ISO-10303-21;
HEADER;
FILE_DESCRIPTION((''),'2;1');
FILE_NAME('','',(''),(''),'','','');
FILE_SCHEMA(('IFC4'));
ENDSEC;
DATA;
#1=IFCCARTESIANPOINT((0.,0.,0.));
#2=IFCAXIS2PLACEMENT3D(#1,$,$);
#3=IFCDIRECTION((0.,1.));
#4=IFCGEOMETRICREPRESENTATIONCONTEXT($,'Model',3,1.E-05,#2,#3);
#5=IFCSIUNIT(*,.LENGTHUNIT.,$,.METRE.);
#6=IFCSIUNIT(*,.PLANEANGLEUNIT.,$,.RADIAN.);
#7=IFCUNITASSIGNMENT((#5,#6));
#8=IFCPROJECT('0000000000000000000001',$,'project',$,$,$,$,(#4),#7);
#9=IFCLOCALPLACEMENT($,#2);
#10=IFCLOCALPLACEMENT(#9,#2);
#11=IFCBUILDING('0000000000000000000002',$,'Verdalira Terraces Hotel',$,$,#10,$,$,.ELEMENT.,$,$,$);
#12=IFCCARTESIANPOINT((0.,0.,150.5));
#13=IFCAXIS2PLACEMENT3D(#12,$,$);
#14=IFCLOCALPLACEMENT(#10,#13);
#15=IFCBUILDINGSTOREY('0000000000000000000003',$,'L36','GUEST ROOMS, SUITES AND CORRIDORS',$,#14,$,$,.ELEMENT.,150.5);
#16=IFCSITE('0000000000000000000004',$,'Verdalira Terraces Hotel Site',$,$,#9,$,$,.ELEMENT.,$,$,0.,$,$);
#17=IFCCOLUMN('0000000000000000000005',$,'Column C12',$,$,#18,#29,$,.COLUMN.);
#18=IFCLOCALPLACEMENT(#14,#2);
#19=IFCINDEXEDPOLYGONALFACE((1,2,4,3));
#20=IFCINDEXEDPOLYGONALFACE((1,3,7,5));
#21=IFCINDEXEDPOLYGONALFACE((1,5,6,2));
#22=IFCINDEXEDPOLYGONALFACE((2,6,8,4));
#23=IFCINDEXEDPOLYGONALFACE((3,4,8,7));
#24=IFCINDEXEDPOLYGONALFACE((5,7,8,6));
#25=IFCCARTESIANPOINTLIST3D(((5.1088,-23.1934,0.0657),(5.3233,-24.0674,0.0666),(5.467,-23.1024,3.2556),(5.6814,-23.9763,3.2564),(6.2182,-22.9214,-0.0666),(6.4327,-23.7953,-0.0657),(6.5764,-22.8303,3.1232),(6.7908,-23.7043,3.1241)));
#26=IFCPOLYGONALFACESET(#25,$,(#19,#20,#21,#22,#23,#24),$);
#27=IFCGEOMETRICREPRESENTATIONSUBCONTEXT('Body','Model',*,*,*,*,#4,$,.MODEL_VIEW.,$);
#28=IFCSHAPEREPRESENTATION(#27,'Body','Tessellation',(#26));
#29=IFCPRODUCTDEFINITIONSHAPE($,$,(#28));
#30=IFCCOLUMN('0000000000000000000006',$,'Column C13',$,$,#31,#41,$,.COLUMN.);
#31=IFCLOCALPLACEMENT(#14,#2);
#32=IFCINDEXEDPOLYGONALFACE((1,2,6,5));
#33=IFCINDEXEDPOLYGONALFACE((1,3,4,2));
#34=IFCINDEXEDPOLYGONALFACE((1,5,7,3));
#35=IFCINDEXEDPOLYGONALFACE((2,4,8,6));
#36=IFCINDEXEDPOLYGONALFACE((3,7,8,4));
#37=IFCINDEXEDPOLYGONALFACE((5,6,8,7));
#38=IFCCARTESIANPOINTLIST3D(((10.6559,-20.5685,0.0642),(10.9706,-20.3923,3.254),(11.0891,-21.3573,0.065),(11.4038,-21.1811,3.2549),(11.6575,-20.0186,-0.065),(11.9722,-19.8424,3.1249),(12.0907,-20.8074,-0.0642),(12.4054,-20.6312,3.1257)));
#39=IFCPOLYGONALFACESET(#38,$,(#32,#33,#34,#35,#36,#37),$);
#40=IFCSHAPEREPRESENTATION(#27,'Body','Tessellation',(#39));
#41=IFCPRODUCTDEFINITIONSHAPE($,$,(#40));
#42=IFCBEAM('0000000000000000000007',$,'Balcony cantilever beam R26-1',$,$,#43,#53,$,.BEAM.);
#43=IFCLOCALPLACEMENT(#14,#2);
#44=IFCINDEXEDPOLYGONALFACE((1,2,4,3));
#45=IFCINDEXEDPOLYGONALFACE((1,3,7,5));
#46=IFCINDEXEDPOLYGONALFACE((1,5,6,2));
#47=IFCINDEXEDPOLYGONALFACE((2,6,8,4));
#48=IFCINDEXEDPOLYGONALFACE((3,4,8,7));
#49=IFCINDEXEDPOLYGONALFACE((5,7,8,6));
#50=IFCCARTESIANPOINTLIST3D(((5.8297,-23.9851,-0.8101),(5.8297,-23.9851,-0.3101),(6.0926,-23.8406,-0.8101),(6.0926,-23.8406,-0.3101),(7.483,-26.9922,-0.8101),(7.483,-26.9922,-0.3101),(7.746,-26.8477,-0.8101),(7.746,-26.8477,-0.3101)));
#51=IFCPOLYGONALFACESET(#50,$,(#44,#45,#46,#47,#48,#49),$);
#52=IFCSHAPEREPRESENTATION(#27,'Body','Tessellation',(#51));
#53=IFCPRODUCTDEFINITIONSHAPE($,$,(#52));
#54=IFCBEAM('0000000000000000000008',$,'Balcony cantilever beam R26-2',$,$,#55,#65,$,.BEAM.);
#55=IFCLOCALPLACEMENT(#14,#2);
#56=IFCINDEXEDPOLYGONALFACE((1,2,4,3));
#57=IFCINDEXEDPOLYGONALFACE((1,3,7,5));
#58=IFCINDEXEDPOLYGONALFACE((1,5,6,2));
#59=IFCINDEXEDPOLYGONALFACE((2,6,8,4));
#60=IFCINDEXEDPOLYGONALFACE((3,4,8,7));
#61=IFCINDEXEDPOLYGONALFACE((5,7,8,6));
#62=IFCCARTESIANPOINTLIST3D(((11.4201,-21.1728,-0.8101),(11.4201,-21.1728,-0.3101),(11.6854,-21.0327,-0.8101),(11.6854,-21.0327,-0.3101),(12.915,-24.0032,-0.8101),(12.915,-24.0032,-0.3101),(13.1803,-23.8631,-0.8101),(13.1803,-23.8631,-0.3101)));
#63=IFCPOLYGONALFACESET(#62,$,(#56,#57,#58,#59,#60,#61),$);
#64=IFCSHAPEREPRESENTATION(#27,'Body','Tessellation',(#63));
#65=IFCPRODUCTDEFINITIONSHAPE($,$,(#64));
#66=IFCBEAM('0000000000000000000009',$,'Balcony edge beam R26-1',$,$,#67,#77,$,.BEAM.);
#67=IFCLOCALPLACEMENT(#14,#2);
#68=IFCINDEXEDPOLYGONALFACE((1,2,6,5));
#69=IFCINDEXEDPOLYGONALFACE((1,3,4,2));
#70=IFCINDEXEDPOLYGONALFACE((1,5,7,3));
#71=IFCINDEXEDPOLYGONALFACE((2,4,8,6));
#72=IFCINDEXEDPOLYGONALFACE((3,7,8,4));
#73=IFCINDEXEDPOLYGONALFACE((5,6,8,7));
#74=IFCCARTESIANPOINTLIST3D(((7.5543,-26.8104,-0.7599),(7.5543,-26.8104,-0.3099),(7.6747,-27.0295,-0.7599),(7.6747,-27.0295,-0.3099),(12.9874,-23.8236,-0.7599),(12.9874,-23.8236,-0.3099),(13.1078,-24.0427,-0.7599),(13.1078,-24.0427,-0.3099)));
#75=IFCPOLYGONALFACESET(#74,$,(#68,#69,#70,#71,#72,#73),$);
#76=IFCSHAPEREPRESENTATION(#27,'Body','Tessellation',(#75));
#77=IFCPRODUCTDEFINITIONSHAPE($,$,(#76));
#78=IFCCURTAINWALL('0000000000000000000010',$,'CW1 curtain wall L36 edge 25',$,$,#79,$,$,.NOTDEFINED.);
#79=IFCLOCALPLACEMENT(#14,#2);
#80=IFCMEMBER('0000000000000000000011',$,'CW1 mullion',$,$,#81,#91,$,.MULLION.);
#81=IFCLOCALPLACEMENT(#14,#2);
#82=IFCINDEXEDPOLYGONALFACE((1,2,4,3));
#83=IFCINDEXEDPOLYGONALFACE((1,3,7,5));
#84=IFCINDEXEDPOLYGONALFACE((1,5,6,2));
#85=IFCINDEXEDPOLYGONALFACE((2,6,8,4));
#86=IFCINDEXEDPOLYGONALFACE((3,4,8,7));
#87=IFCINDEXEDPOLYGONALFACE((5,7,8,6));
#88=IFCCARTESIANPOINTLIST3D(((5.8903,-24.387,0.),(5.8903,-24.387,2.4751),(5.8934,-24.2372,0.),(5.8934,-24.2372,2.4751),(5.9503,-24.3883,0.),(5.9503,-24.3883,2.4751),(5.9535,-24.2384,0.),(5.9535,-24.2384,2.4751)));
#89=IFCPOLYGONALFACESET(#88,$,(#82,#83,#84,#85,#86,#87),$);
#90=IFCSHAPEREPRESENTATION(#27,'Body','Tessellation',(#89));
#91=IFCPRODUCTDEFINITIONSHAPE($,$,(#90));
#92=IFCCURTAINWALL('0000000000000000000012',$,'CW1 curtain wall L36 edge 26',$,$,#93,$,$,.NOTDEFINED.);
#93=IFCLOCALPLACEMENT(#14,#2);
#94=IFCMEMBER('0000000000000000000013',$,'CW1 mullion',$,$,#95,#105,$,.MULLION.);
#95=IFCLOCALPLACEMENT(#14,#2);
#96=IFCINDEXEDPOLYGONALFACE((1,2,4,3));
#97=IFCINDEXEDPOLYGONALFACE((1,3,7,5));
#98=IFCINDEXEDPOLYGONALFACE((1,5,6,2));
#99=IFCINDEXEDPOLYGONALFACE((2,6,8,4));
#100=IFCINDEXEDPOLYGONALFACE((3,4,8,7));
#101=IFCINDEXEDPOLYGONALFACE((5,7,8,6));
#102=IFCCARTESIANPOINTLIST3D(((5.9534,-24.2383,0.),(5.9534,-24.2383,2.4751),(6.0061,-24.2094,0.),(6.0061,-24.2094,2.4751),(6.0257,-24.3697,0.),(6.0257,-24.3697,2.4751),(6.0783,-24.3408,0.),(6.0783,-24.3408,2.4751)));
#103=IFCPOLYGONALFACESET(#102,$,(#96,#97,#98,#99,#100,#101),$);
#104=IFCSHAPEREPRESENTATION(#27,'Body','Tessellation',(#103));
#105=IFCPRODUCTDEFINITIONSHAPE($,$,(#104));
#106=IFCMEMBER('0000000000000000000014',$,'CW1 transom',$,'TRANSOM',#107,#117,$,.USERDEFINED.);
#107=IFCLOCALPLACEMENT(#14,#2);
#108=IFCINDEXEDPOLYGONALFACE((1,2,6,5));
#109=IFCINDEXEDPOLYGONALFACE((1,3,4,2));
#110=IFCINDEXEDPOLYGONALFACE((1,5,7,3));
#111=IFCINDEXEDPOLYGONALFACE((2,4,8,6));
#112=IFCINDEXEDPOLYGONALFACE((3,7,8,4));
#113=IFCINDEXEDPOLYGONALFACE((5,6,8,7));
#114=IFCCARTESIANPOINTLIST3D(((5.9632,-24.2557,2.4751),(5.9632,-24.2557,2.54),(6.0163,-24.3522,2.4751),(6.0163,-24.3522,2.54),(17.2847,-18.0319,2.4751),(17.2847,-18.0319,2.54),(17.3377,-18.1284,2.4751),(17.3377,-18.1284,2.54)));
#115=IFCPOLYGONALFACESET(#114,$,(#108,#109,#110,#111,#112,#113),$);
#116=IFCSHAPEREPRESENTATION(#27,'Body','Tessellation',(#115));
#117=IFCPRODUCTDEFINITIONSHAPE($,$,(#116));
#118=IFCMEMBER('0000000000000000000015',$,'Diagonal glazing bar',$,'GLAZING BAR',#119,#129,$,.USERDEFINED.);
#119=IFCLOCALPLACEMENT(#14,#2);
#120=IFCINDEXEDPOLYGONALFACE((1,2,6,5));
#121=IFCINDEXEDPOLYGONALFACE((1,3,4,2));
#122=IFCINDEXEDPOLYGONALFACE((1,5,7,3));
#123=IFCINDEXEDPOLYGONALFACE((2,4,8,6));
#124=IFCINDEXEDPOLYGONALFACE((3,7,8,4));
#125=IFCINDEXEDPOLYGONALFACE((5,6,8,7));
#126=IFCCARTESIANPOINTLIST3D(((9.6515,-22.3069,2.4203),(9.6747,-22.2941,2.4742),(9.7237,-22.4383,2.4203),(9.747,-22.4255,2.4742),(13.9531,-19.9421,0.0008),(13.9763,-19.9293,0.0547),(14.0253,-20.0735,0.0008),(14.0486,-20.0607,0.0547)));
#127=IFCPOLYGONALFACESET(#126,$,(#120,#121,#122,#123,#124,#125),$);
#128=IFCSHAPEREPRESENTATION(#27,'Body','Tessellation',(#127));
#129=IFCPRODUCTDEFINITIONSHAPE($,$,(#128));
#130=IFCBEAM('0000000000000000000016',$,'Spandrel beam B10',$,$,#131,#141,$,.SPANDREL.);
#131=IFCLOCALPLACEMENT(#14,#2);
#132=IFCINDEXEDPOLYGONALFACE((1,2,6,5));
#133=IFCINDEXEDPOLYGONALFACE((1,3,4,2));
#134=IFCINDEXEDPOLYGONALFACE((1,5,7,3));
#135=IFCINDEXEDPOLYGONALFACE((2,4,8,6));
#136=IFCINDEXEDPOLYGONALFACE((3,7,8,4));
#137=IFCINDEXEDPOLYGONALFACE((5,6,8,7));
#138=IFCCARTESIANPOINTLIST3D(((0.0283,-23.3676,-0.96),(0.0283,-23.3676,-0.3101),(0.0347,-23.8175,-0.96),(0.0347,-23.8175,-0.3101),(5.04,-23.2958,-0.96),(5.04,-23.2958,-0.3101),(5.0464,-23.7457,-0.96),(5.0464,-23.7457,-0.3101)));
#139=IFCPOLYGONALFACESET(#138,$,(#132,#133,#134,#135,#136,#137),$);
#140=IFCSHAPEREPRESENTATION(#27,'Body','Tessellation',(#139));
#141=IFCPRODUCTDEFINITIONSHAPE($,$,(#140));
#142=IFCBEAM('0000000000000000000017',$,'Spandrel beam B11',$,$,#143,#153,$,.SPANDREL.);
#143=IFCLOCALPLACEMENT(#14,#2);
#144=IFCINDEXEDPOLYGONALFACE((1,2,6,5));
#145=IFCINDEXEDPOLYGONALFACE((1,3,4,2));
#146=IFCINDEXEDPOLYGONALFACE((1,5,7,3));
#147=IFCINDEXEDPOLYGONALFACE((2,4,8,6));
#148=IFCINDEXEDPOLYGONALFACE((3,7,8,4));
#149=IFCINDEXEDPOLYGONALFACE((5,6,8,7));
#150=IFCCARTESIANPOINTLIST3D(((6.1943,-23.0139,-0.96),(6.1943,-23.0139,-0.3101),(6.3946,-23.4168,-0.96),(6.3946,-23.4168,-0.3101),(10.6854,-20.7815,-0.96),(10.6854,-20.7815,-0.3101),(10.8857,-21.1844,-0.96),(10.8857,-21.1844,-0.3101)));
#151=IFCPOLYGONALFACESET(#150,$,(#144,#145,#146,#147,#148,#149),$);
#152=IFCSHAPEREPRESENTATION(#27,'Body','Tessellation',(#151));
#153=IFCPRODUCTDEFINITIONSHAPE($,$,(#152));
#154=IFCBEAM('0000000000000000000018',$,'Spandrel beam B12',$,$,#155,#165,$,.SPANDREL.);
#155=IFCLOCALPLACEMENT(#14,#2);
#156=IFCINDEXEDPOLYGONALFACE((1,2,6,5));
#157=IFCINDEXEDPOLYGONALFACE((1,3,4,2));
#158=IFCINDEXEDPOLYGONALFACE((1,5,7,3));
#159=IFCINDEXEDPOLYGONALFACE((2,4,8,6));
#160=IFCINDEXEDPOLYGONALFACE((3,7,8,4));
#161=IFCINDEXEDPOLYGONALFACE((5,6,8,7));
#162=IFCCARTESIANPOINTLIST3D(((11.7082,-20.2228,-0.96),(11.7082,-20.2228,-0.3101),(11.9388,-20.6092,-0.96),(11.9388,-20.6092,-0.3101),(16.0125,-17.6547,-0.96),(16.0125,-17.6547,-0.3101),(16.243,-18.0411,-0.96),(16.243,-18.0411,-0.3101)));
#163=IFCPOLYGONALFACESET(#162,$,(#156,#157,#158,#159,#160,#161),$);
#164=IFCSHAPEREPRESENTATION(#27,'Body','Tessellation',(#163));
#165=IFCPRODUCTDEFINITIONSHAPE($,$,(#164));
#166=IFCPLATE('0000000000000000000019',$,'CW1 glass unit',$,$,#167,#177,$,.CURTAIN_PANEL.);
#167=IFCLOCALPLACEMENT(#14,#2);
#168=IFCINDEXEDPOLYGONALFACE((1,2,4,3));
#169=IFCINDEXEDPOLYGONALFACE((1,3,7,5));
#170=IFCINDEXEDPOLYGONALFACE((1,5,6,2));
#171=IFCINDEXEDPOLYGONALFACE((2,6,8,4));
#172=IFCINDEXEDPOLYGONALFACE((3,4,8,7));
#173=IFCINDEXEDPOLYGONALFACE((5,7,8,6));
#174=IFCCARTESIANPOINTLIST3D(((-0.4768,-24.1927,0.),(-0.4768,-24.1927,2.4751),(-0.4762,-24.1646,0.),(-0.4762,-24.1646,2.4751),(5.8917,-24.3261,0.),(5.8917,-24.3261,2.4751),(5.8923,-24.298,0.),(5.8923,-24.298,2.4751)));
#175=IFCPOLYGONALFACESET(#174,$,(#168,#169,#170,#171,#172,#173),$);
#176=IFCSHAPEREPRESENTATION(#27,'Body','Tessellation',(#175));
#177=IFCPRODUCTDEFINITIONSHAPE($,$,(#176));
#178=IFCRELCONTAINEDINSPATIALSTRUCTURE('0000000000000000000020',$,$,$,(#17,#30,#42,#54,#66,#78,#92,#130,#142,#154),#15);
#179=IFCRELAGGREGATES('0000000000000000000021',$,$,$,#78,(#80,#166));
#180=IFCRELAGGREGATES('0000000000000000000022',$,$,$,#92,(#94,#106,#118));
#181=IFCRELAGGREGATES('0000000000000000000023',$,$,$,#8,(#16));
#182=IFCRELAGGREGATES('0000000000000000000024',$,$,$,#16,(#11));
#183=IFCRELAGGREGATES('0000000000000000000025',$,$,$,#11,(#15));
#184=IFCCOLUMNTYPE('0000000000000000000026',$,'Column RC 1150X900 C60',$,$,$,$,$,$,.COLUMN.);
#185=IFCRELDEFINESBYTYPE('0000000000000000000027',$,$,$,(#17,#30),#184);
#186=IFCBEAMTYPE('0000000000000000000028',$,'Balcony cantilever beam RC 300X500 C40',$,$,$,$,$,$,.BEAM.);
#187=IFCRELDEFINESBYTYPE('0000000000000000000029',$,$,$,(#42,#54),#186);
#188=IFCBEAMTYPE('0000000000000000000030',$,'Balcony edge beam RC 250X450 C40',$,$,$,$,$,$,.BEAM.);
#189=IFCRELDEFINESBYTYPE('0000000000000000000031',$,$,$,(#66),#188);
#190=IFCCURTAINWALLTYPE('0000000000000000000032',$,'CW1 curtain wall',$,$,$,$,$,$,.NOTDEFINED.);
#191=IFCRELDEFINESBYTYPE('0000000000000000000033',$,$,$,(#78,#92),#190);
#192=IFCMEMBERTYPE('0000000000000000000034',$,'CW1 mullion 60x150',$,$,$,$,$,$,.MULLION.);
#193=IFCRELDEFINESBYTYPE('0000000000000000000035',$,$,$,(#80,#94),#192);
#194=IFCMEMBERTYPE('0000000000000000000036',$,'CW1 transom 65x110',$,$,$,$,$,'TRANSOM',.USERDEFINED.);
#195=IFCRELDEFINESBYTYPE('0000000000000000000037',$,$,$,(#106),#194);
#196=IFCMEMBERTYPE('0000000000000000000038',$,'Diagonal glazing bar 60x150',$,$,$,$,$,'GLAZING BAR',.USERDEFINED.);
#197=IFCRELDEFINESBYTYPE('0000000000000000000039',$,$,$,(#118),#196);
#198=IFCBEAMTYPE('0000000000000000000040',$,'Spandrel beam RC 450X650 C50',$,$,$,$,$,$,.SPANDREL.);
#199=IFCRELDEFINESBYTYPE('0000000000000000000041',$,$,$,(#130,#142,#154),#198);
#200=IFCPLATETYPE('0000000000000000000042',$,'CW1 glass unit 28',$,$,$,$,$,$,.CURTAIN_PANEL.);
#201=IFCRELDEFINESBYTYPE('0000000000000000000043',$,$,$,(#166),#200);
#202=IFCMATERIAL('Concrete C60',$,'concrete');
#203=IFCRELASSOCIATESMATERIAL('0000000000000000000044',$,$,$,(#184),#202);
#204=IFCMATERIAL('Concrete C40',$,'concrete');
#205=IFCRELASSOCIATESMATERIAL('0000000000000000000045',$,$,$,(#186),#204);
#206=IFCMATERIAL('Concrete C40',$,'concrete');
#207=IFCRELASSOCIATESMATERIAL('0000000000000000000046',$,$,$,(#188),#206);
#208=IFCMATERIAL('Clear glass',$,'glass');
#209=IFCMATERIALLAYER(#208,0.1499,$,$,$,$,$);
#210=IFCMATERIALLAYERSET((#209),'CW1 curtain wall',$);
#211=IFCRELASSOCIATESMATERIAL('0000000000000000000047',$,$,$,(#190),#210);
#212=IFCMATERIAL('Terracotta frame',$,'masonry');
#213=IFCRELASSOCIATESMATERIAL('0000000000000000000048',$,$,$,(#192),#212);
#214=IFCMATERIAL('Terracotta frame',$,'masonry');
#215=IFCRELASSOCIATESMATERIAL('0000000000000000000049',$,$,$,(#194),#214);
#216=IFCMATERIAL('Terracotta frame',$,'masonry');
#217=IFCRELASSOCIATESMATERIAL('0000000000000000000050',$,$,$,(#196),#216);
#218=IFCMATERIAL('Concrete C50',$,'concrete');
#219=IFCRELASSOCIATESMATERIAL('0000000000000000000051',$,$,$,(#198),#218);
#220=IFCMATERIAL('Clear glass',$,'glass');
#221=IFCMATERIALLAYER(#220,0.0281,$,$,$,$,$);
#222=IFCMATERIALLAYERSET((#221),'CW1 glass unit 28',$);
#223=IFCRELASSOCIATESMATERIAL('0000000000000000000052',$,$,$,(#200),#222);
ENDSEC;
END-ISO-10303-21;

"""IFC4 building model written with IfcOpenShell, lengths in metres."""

from ifc_helpers import new_model, si_unit, direction, frame, origin, origin_2d, place, context, subcontext, project, spatial, rectangle, extrude, material, layer, layer_set, material_profile, profile_set, type_object, element, aggregate, save


model = new_model("IFC4")

# Units and contexts
model_context = context("Model", 3, precision=1e-05, world=origin(), true_north=direction((0.0, 1.0)))
body_context = subcontext(model_context, "Body", "Model", "MODEL_VIEW")
ifc_project = project(units=[si_unit("LENGTHUNIT", "METRE"), si_unit("PLANEANGLEUNIT", "RADIAN")], contexts=[model_context])

# Site, building, storey
site_placement = place(None, origin())
site = spatial("IfcSite", under=ifc_project, at=site_placement, Name="Verdalira Terraces Hotel Site", CompositionType="ELEMENT", RefElevation=0.0)
building_placement = place(site_placement, origin())
building = spatial("IfcBuilding", under=site, at=building_placement, Name="Verdalira Terraces Hotel", CompositionType="ELEMENT")
storey_placement = place(building_placement, frame((0.0, 0.0, 150.5)))
storey = spatial("IfcBuildingStorey", under=building, at=storey_placement, Name="L36", Description="GUEST ROOMS, SUITES AND CORRIDORS", CompositionType="ELEMENT", Elevation=150.5)

# Columns
ifc_material_1 = material(Name="Concrete C60", Category="concrete")
ifc_material_profile_1 = material_profile(ifc_material_1, rectangle(XDim=1.1499, YDim=0.8999, at=origin_2d()), Name="RC 1150X900")
ifc_profile_set_1 = profile_set([ifc_material_profile_1], Name="Concrete C60")
column_type = type_object("IfcColumnType", Name="Column RC 1150X900 C60", PredefinedType="COLUMN", material=ifc_profile_set_1)
column_1_placement = place(storey_placement, frame((5.7708, -23.4944, 0.0), z_axis=(0.11153, 0.028358, 0.993356), x_axis=(-0.964768, -0.236601, 0.115075)))
element("IfcColumn", 1, at=column_1_placement, inside=storey, type_object=column_type, Name="Column C12", PredefinedType="COLUMN", context=body_context, shape_type="SweptSolid", body=[
    extrude(rectangle(XDim=1.1499, YDim=0.8999, at=origin_2d()), origin(), (0.0, 0.0, 1.0), 3.2112),
])
column_2_placement = place(storey_placement, frame((11.3733, -20.688, 0.0), z_axis=(0.098028, 0.054908, 0.993668), x_axis=(0.871025, 0.478218, -0.112355)))
element("IfcColumn", 2, at=column_2_placement, inside=storey, type_object=column_type, Name="Column C13", PredefinedType="COLUMN", context=body_context, shape_type="SweptSolid", body=[
    extrude(rectangle(XDim=1.1499, YDim=0.8999, at=origin_2d()), origin(), (0.0, 0.0, 1.0), 3.2102),
])

# Beams
ifc_material_2 = material(Name="Concrete C40", Category="concrete")
ifc_material_profile_2 = material_profile(ifc_material_2, rectangle(XDim=0.3, YDim=0.5, at=origin_2d()), Name="RC 300X500")
ifc_profile_set_2 = profile_set([ifc_material_profile_2], Name="Concrete C40")
beam_type_1 = type_object("IfcBeamType", Name="Balcony cantilever beam RC 300X500 C40", PredefinedType="BEAM", material=ifc_profile_set_2)
beam_1_placement = place(storey_placement, frame((5.9612, -23.9128, -0.5601), z_axis=(0.48179, -0.876286, 0.0), x_axis=(0.876286, 0.48179, 0.0)))
element("IfcBeam", 3, at=beam_1_placement, inside=storey, type_object=beam_type_1, Name="Balcony cantilever beam R26-1", PredefinedType="BEAM", context=body_context, shape_type="SweptSolid", body=[
    extrude(rectangle(XDim=0.3, YDim=0.5, at=origin_2d()), origin(), (0.0, 0.0, 1.0), 3.4316),
])
beam_2_placement = place(storey_placement, frame((11.5527, -21.1028, -0.5601), z_axis=(0.467025, -0.884244, 0.0), x_axis=(0.884244, 0.467025, 0.0)))
element("IfcBeam", 4, at=beam_2_placement, inside=storey, type_object=beam_type_1, Name="Balcony cantilever beam R26-2", PredefinedType="BEAM", context=body_context, shape_type="SweptSolid", body=[
    extrude(rectangle(XDim=0.3, YDim=0.5, at=origin_2d()), origin(), (0.0, 0.0, 1.0), 3.2009),
])
ifc_material_3 = material(Name="Concrete C40", Category="concrete")
ifc_material_profile_3 = material_profile(ifc_material_3, rectangle(XDim=0.25, YDim=0.45, at=origin_2d()), Name="RC 250X450")
ifc_profile_set_3 = profile_set([ifc_material_profile_3], Name="Concrete C40")
beam_type_2 = type_object("IfcBeamType", Name="Balcony edge beam RC 250X450 C40", PredefinedType="BEAM", material=ifc_profile_set_3)
beam_3_placement = place(storey_placement, frame((7.6145, -26.9199, -0.5349), z_axis=(0.876311, 0.481746, 0.0), x_axis=(-0.481746, 0.876311, 0.0)))
element("IfcBeam", 5, at=beam_3_placement, inside=storey, type_object=beam_type_2, Name="Balcony edge beam R26-1", PredefinedType="BEAM", context=body_context, shape_type="SweptSolid", body=[
    extrude(rectangle(XDim=0.25, YDim=0.45, at=origin_2d()), origin(), (0.0, 0.0, 1.0), 6.2),
])

# Curtain wall, member
ifc_material_4 = material(Name="Clear glass", Category="glass")
ifc_layer_1 = layer(ifc_material_4, 0.1499)
ifc_layer_set_1 = layer_set([ifc_layer_1], Name="CW1 curtain wall")
curtain_wall_type = type_object("IfcCurtainWallType", Name="CW1 curtain wall", PredefinedType="NOTDEFINED", material=ifc_layer_set_1)
curtain_wall_1_placement = place(storey_placement, origin())
curtain_wall_1 = element("IfcCurtainWall", 6, at=curtain_wall_1_placement, inside=storey, type_object=curtain_wall_type, Name="CW1 curtain wall L36 edge 25", PredefinedType="NOTDEFINED")
ifc_material_5 = material(Name="Terracotta frame", Category="masonry")
ifc_material_profile_4 = material_profile(ifc_material_5, rectangle(XDim=0.0601, YDim=0.1499, at=origin_2d()), Name="MU 60x150")
ifc_profile_set_4 = profile_set([ifc_material_profile_4], Name="Terracotta frame")
member_type_1 = type_object("IfcMemberType", Name="CW1 mullion 60x150", PredefinedType="MULLION", material=ifc_profile_set_4)
member_1_placement = place(storey_placement, frame((5.9219, -24.3127, 0.0), z_axis=(0.0, 0.0, 1.0), x_axis=(0.999781, -0.020942, 0.0)))
member_1 = element("IfcMember", 7, at=member_1_placement, type_object=member_type_1, Name="CW1 mullion", PredefinedType="MULLION", context=body_context, shape_type="SweptSolid", body=[
    extrude(rectangle(XDim=0.0601, YDim=0.1499, at=origin_2d()), origin(), (0.0, 0.0, 1.0), 2.4751),
])

# Curtain wall, members
curtain_wall_2_placement = place(storey_placement, origin())
curtain_wall_2 = element("IfcCurtainWall", 8, at=curtain_wall_2_placement, inside=storey, type_object=curtain_wall_type, Name="CW1 curtain wall L36 edge 26", PredefinedType="NOTDEFINED")
member_2_placement = place(storey_placement, frame((6.0159, -24.2896, 0.0), z_axis=(0.0, 0.0, 1.0), x_axis=(0.876307, 0.481754, 0.0)))
member_2 = element("IfcMember", 9, at=member_2_placement, type_object=member_type_1, Name="CW1 mullion", PredefinedType="MULLION", context=body_context, shape_type="SweptSolid", body=[
    extrude(rectangle(XDim=0.0601, YDim=0.1499, at=origin_2d()), origin(), (0.0, 0.0, 1.0), 2.4751),
])
ifc_material_6 = material(Name="Terracotta frame", Category="masonry")
ifc_material_profile_5 = material_profile(ifc_material_6, rectangle(XDim=0.1101, YDim=0.0649, at=origin_2d()), Name="TR 65x110")
ifc_profile_set_5 = profile_set([ifc_material_profile_5], Name="Terracotta frame")
member_type_2 = type_object("IfcMemberType", Name="CW1 transom 65x110", ElementType="TRANSOM", PredefinedType="USERDEFINED", material=ifc_profile_set_5)
member_3_placement = place(storey_placement, frame((5.9897, -24.304, 2.5076), z_axis=(0.876313, 0.481742, 0.0), x_axis=(-0.481742, 0.876313, 0.0)))
member_3 = element("IfcMember", 10, at=member_3_placement, type_object=member_type_2, Name="CW1 transom", ObjectType="TRANSOM", PredefinedType="USERDEFINED", context=body_context, shape_type="SweptSolid", body=[
    extrude(rectangle(XDim=0.1101, YDim=0.0649, at=origin_2d()), origin(), (0.0, 0.0, 1.0), 12.9194),
])
ifc_material_7 = material(Name="Terracotta frame", Category="masonry")
ifc_material_profile_6 = material_profile(ifc_material_7, rectangle(XDim=0.1499, YDim=0.0601, at=origin_2d()), Name="GB 60x150")
ifc_profile_set_6 = profile_set([ifc_material_profile_6], Name="Terracotta frame")
member_type_3 = type_object("IfcMemberType", Name="Diagonal glazing bar 60x150", ElementType="GLAZING BAR", PredefinedType="USERDEFINED", material=ifc_profile_set_6)
member_4_placement = place(storey_placement, frame((9.6992, -22.3662, 2.4473), z_axis=(0.786018, 0.432111, -0.442104), x_axis=(-0.481749, 0.876309, 0.0)))
member_4 = element("IfcMember", 11, at=member_4_placement, type_object=member_type_3, Name="Diagonal glazing bar", ObjectType="GLAZING BAR", PredefinedType="USERDEFINED", context=body_context, shape_type="SweptSolid", body=[
    extrude(rectangle(XDim=0.1499, YDim=0.0601, at=origin_2d()), origin(), (0.0, 0.0, 1.0), 5.4727),
])

# Beams
ifc_material_8 = material(Name="Concrete C50", Category="concrete")
ifc_material_profile_7 = material_profile(ifc_material_8, rectangle(XDim=0.45, YDim=0.6499, at=origin_2d()), Name="RC 450X650")
ifc_profile_set_7 = profile_set([ifc_material_profile_7], Name="Concrete C50")
beam_type_3 = type_object("IfcBeamType", Name="Spandrel beam RC 450X650 C50", PredefinedType="SPANDREL", material=ifc_profile_set_7)
beam_4_placement = place(storey_placement, frame((0.0315, -23.5925, -0.635), z_axis=(0.999897, 0.01432, 0.0), x_axis=(-0.01432, 0.999897, 0.0)))
element("IfcBeam", 12, at=beam_4_placement, inside=storey, type_object=beam_type_3, Name="Spandrel beam B10", PredefinedType="SPANDREL", context=body_context, shape_type="SweptSolid", body=[
    extrude(rectangle(XDim=0.45, YDim=0.6499, at=origin_2d()), origin(), (0.0, 0.0, 1.0), 5.0122),
])
beam_5_placement = place(storey_placement, frame((6.2944, -23.2153, -0.635), z_axis=(0.895476, 0.445109, 0.0), x_axis=(-0.445109, 0.895476, 0.0)))
element("IfcBeam", 13, at=beam_5_placement, inside=storey, type_object=beam_type_3, Name="Spandrel beam B11", PredefinedType="SPANDREL", context=body_context, shape_type="SweptSolid", body=[
    extrude(rectangle(XDim=0.45, YDim=0.6499, at=origin_2d()), origin(), (0.0, 0.0, 1.0), 5.0154),
])
beam_6_placement = place(storey_placement, frame((11.8235, -20.416, -0.635), z_axis=(0.858758, 0.512381, 0.0), x_axis=(-0.512381, 0.858758, 0.0)))
element("IfcBeam", 14, at=beam_6_placement, inside=storey, type_object=beam_type_3, Name="Spandrel beam B12", PredefinedType="SPANDREL", context=body_context, shape_type="SweptSolid", body=[
    extrude(rectangle(XDim=0.45, YDim=0.6499, at=origin_2d()), origin(), (0.0, 0.0, 1.0), 5.0122),
])

# Plate
ifc_material_9 = material(Name="Clear glass", Category="glass")
ifc_layer_2 = layer(ifc_material_9, 0.0281)
ifc_layer_set_2 = layer_set([ifc_layer_2], Name="CW1 glass unit 28")
plate_type = type_object("IfcPlateType", Name="CW1 glass unit 28", PredefinedType="CURTAIN_PANEL", material=ifc_layer_set_2)
plate_1_placement = place(storey_placement, frame((2.7078, -24.2454, 0.0), z_axis=(0.0, 0.0, 1.0), x_axis=(0.999781, -0.020942, 0.0)))
plate_1 = element("IfcPlate", 15, at=plate_1_placement, type_object=plate_type, Name="CW1 glass unit", PredefinedType="CURTAIN_PANEL", context=body_context, shape_type="SweptSolid", body=[
    extrude(rectangle(XDim=6.3699, YDim=0.0281, at=origin_2d()), origin(), (0.0, 0.0, 1.0), 2.4751),
])
aggregate(curtain_wall_1, [member_1, plate_1])
aggregate(curtain_wall_2, [member_2, member_3, member_4])

save(model, "model.ifc")
